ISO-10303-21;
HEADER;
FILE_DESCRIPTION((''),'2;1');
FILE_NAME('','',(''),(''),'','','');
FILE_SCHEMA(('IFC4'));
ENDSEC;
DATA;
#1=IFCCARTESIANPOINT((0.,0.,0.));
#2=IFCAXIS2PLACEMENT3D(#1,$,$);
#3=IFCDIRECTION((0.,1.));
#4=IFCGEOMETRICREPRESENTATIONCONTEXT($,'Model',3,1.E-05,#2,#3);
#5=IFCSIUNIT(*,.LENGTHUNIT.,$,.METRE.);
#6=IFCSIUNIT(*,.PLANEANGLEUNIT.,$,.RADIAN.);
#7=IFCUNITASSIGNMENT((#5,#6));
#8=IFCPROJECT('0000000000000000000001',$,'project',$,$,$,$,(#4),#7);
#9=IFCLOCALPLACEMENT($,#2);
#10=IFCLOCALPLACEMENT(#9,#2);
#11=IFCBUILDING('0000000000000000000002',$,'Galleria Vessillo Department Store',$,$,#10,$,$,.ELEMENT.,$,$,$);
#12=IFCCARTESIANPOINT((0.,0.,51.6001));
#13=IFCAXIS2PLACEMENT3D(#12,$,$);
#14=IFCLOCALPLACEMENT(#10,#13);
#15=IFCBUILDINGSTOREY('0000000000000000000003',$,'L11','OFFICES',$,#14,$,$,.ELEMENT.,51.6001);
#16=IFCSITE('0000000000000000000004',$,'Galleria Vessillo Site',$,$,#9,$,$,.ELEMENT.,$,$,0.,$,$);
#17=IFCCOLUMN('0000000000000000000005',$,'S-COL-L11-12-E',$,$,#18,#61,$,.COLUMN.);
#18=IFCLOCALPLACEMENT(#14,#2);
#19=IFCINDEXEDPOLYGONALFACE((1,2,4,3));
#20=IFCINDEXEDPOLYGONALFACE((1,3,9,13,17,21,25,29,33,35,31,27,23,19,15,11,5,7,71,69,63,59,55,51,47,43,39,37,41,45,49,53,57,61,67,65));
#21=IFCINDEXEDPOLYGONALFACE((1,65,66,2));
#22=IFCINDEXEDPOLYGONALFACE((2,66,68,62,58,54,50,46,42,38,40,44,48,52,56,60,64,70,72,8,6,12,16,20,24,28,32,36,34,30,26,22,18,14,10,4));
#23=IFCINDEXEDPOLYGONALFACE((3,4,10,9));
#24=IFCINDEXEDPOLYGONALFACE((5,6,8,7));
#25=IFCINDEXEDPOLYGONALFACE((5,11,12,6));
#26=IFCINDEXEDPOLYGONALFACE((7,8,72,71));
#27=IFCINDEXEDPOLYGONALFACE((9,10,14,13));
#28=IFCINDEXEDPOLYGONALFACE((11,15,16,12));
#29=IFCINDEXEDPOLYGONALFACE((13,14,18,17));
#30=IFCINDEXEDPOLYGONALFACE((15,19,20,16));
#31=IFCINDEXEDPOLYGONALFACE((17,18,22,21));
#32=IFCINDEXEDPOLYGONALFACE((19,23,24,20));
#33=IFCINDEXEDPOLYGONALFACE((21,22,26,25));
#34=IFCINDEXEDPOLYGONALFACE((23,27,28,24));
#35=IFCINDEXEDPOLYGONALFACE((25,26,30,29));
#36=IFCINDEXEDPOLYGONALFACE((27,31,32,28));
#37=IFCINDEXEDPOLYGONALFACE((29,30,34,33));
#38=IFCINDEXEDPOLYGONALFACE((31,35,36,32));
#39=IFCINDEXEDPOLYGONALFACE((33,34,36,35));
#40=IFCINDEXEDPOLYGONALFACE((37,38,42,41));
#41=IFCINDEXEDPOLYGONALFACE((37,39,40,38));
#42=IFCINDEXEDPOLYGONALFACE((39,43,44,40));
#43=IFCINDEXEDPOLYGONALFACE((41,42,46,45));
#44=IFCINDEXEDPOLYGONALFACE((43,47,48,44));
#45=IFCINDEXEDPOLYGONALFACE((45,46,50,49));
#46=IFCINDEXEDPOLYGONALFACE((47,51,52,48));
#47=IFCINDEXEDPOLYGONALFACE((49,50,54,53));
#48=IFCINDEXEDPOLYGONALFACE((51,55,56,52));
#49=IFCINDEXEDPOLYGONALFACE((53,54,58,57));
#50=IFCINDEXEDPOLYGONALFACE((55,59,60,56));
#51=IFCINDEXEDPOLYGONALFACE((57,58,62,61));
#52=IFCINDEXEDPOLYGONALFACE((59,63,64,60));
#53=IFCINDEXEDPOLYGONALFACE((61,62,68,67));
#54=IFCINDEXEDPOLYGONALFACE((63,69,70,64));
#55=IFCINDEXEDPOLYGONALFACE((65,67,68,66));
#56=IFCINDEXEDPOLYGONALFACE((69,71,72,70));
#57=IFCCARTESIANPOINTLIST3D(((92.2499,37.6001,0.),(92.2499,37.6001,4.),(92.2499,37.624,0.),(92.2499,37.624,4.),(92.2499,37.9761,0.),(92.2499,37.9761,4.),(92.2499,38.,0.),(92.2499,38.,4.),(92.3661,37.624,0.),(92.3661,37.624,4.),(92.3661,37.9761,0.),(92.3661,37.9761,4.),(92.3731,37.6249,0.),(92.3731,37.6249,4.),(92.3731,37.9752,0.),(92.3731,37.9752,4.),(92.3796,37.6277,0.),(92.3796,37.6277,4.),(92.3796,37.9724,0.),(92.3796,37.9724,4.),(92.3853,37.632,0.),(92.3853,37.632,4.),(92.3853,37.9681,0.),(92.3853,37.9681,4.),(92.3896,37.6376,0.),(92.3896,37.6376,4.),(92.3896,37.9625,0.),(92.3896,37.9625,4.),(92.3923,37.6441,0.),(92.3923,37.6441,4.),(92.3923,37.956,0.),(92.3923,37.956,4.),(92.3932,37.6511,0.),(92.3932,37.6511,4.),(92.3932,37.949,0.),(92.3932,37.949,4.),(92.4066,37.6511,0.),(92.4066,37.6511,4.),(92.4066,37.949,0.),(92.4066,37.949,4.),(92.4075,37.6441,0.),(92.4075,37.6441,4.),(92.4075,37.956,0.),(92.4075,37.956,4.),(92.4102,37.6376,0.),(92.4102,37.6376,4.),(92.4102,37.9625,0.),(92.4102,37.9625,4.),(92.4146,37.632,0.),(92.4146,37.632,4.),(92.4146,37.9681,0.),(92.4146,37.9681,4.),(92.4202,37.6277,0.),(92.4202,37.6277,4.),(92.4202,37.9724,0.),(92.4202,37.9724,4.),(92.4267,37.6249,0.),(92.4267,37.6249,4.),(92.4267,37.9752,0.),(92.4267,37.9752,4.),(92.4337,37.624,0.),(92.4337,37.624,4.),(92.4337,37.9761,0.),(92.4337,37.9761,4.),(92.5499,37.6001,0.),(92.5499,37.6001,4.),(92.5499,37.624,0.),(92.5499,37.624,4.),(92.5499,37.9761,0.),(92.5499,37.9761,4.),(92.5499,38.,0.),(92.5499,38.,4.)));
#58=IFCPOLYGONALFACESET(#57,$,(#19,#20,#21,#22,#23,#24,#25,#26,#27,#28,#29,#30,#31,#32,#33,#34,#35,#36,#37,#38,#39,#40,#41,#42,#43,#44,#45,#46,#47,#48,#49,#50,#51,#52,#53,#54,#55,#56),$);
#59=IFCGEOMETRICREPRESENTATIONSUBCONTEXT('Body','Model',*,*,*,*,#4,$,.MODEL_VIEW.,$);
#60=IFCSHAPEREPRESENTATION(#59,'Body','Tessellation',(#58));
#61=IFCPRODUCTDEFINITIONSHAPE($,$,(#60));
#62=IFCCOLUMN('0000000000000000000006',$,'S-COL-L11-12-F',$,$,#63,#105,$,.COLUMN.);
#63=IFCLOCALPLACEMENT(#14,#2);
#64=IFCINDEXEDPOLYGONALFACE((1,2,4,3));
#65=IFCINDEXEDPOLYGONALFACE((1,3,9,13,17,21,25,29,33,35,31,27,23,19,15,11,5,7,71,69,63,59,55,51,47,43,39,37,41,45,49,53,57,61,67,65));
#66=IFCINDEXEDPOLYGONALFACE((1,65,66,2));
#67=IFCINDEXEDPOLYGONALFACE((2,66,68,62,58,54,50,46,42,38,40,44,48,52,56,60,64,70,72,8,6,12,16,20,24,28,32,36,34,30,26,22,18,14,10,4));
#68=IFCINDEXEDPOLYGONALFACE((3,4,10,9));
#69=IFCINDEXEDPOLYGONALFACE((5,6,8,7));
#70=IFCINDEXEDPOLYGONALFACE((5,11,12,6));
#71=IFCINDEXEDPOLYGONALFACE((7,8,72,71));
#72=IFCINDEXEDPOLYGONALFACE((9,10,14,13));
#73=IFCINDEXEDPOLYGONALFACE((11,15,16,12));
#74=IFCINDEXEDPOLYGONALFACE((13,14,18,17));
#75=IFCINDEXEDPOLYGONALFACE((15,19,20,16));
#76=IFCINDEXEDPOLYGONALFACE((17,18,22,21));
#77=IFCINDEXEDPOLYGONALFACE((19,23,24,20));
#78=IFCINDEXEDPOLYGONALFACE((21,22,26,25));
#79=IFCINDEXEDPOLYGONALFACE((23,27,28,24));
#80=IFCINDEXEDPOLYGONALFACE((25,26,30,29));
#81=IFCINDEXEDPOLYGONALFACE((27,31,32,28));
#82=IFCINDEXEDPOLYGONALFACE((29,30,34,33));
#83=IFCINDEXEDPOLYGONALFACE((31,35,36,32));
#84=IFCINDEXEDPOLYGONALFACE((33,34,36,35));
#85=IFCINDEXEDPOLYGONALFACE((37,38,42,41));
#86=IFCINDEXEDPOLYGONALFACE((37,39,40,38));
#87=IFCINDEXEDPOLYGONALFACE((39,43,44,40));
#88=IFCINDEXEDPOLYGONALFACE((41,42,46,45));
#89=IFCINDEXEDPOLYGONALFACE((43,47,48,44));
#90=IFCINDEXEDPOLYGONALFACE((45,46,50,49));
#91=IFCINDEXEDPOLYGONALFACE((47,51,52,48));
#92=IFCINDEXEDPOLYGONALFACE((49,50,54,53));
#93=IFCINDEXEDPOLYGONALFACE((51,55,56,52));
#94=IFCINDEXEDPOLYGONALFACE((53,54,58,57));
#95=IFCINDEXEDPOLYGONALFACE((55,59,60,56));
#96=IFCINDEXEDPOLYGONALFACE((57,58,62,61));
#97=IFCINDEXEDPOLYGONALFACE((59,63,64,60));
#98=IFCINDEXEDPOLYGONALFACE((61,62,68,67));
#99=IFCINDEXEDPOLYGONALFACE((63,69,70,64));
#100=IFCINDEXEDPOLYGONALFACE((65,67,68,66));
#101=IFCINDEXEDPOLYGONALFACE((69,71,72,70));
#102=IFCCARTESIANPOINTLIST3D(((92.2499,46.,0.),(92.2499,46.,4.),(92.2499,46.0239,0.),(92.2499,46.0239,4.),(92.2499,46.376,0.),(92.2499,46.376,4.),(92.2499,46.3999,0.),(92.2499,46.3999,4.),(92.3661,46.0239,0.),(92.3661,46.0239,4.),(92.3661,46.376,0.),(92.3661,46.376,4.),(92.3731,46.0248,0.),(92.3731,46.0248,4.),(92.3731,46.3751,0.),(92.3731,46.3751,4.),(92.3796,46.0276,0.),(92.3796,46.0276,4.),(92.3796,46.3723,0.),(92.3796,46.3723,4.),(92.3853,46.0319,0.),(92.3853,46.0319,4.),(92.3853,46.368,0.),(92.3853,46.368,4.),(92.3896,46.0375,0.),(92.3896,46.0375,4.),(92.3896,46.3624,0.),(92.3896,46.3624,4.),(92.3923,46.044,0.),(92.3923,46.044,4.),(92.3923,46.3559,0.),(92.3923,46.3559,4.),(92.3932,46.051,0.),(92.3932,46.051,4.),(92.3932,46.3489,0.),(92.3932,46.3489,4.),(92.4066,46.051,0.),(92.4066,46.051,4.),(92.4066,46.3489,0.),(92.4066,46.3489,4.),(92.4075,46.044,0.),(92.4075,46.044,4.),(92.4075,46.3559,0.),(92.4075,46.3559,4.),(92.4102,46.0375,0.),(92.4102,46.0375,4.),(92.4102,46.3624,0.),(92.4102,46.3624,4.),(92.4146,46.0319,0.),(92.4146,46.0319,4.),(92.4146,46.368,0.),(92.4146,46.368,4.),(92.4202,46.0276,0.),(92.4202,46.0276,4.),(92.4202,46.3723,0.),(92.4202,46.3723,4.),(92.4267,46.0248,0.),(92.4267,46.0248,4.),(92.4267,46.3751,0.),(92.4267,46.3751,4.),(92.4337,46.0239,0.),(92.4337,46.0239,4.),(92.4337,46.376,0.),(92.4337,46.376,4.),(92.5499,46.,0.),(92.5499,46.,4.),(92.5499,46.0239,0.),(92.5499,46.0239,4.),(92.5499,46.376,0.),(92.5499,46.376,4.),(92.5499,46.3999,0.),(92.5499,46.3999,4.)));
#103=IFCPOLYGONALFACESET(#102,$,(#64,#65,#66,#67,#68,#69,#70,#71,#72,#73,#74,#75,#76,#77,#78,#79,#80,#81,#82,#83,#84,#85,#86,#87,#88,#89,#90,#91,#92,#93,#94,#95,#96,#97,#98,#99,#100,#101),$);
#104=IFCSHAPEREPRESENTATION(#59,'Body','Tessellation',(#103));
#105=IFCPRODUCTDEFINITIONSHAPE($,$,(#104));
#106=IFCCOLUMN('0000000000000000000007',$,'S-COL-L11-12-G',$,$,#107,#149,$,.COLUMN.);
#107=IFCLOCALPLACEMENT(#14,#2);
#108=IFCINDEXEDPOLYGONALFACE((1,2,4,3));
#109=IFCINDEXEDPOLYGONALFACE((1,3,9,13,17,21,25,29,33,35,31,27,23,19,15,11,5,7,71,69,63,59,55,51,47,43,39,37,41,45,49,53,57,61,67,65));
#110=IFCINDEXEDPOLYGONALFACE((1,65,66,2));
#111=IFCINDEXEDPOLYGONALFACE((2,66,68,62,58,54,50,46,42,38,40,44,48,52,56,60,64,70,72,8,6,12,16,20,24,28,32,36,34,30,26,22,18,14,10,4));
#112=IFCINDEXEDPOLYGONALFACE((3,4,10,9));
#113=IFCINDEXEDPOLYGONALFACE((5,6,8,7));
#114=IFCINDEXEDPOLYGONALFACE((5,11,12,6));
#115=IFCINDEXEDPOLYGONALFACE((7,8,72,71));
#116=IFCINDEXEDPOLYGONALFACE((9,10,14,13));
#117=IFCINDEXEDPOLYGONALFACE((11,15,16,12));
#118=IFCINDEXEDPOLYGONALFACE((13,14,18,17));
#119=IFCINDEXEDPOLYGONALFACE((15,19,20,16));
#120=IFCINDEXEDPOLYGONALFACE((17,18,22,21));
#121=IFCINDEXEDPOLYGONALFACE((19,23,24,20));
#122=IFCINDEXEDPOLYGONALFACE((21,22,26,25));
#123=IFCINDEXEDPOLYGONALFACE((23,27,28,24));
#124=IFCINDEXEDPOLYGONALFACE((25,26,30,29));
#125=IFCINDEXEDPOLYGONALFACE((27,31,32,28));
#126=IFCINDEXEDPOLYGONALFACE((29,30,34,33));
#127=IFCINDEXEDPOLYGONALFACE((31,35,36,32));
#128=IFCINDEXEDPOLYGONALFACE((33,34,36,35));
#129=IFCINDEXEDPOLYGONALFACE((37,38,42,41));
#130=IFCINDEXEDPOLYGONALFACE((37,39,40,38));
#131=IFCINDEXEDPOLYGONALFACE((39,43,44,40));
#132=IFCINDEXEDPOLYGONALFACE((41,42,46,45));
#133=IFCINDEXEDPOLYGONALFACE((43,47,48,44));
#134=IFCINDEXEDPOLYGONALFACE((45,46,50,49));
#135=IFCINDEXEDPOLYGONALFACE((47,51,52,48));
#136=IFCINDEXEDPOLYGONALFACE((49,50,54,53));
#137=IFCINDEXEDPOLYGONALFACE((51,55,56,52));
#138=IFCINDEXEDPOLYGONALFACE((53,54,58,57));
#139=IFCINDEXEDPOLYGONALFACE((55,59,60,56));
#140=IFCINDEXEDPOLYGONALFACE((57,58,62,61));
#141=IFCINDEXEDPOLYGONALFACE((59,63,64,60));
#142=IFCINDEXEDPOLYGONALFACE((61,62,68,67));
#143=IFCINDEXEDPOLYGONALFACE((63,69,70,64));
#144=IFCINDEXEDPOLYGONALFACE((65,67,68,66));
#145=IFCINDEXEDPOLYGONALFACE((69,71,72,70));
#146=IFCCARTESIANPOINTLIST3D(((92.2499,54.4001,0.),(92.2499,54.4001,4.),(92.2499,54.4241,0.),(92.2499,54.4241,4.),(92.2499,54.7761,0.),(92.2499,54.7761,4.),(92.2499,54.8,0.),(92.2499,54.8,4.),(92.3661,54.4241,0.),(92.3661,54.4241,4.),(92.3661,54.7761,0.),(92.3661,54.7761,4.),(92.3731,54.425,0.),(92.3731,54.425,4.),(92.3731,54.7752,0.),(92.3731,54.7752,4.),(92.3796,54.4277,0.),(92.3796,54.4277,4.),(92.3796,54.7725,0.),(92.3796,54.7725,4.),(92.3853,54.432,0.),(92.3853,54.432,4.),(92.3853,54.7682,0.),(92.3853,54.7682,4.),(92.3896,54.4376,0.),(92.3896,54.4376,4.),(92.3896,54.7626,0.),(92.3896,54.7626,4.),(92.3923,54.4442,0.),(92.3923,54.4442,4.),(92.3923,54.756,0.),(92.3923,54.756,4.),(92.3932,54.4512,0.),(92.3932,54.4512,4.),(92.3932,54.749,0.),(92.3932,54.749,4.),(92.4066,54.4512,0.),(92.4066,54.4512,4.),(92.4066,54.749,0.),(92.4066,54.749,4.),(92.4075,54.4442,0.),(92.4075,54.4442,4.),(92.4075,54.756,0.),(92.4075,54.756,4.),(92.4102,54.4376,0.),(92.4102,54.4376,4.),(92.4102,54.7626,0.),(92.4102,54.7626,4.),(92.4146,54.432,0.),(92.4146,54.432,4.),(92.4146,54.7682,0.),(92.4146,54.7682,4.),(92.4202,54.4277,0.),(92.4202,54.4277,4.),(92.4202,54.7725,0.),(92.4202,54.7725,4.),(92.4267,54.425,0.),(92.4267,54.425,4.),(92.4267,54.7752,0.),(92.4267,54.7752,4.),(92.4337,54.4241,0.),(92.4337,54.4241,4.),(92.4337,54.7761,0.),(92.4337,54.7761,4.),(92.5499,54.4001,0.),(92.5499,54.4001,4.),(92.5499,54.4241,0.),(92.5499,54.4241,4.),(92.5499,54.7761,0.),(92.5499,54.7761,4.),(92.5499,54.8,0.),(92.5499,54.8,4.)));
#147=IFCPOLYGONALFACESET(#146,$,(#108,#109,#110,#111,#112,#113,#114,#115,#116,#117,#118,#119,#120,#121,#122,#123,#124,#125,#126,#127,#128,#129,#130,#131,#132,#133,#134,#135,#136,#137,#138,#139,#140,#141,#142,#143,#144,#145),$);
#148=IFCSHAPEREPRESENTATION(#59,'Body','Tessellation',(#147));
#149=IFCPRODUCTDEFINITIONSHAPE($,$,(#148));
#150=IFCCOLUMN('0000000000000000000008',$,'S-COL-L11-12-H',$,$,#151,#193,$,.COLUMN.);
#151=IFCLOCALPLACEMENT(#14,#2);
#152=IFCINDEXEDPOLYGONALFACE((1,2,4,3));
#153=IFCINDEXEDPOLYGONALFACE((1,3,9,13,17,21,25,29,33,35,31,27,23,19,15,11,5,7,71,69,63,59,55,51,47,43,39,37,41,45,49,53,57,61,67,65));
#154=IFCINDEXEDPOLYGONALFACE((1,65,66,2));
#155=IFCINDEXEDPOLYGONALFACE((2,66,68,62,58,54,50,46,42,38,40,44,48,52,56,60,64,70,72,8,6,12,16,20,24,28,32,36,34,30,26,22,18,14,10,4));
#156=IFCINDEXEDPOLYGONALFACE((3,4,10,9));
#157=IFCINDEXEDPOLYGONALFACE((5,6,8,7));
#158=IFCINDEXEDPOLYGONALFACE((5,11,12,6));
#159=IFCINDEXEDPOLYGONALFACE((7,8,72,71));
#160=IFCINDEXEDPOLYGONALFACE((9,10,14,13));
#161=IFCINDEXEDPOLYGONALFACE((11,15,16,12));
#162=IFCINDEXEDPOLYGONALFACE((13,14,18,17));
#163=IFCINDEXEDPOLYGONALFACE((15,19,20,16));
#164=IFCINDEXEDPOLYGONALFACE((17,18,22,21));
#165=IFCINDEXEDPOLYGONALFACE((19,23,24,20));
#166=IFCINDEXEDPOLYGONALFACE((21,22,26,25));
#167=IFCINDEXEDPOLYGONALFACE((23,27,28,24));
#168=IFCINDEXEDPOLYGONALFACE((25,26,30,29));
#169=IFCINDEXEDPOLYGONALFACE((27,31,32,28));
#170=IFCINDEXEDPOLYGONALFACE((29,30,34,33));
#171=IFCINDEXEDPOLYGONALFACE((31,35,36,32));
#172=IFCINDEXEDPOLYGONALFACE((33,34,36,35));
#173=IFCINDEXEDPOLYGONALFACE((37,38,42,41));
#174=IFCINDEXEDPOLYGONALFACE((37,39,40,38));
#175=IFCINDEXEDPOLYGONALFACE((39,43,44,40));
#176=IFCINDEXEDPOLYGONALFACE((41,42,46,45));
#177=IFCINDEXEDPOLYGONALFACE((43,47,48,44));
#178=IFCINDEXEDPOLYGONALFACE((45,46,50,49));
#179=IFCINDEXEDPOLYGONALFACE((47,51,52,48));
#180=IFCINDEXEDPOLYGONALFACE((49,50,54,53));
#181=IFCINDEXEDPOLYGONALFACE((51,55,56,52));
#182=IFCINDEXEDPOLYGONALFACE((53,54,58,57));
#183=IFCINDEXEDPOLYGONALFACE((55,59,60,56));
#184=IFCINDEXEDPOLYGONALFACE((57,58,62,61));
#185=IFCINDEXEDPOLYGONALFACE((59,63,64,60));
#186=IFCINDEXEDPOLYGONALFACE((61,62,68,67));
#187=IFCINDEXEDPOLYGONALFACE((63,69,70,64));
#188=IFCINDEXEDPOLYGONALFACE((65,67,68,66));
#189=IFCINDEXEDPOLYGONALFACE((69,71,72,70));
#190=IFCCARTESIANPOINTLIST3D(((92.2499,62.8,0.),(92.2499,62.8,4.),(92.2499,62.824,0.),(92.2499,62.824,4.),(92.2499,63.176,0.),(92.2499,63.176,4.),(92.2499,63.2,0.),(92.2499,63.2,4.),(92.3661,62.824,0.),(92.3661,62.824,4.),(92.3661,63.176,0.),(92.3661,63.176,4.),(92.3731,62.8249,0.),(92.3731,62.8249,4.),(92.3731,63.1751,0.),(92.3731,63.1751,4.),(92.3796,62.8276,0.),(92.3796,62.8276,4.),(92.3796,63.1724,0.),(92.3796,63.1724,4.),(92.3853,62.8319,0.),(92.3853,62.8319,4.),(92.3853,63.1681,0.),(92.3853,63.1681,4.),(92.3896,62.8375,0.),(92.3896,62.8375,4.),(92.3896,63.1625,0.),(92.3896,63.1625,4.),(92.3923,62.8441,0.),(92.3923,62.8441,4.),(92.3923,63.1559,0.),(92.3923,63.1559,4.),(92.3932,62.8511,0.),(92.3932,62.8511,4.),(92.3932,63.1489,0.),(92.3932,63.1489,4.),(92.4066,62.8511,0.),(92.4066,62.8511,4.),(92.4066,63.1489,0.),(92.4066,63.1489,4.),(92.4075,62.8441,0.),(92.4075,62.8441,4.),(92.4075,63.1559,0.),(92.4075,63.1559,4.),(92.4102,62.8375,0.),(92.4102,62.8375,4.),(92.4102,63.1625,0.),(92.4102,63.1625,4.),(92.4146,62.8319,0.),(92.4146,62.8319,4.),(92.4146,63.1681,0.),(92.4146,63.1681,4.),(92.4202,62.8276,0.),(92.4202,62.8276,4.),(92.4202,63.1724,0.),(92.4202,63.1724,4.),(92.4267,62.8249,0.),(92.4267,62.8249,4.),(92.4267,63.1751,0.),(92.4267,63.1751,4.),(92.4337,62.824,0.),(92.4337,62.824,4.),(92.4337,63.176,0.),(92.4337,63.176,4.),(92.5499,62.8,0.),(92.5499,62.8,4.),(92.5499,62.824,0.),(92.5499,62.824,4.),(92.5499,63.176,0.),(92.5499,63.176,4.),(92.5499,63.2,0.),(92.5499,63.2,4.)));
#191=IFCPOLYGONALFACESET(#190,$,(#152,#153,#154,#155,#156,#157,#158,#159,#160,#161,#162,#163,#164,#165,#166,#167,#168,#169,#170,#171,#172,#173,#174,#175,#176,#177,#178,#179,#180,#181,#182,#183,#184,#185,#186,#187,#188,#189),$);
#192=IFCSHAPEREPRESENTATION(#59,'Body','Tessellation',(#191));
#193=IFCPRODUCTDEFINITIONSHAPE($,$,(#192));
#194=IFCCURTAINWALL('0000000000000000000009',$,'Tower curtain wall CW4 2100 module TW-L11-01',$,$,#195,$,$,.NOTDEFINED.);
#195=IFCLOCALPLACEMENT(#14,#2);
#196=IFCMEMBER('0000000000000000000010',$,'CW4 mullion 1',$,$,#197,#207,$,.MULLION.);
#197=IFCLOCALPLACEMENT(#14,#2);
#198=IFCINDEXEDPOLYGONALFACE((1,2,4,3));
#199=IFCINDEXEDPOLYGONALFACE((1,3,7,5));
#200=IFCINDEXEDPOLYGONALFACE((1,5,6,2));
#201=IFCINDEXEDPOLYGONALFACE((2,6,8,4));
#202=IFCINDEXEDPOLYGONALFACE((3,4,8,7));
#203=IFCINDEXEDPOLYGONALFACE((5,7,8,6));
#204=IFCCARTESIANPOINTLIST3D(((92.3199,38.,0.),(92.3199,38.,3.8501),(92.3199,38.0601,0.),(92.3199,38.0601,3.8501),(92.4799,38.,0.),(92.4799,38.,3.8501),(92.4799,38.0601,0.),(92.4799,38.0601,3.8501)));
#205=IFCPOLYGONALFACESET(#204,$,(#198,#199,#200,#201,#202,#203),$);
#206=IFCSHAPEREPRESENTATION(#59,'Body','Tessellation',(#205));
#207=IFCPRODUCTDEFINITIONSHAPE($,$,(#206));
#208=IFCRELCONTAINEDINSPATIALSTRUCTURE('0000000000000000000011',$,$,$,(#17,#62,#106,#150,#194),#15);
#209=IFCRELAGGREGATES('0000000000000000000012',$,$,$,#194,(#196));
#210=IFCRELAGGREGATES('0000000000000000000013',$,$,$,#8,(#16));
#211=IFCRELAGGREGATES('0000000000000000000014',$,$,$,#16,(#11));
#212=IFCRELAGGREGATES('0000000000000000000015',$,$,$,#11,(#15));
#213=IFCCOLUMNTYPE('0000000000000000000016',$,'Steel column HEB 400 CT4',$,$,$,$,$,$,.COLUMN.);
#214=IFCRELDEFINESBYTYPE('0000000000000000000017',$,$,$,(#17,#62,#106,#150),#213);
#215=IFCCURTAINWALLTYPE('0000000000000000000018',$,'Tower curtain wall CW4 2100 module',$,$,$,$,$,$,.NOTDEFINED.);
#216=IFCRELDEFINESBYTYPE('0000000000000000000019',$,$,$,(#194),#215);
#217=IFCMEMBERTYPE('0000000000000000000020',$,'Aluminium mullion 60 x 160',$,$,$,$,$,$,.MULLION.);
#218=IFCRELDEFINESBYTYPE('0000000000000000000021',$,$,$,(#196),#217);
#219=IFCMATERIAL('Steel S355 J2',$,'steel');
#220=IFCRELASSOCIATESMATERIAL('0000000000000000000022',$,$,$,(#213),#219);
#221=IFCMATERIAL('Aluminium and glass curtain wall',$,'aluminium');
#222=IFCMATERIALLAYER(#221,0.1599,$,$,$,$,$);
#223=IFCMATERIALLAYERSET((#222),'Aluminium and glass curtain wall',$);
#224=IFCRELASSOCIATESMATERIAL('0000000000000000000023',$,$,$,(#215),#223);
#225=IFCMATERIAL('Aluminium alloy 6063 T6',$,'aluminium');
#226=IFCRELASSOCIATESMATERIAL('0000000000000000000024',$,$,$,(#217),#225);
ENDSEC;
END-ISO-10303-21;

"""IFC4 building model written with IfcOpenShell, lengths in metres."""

from ifc_helpers import new_model, si_unit, direction, frame, origin, origin_2d, place, context, subcontext, project, spatial, rectangle, i_section, extrude, material, layer, layer_set, material_profile, profile_set, type_object, element, aggregate, save


model = new_model("IFC4")

# Units and contexts
model_context = context("Model", 3, precision=1e-05, world=origin(), true_north=direction((0.0, 1.0)))
body_context = subcontext(model_context, "Body", "Model", "MODEL_VIEW")
ifc_project = project(units=[si_unit("LENGTHUNIT", "METRE"), si_unit("PLANEANGLEUNIT", "RADIAN")], contexts=[model_context])

# Site, building, storey
site_placement = place(None, origin())
site = spatial("IfcSite", under=ifc_project, at=site_placement, Name="Galleria Vessillo Site", CompositionType="ELEMENT", RefElevation=0.0)
building_placement = place(site_placement, origin())
building = spatial("IfcBuilding", under=site, at=building_placement, Name="Galleria Vessillo Department Store", CompositionType="ELEMENT")
storey_placement = place(building_placement, frame((0.0, 0.0, 51.6001)))
storey = spatial("IfcBuildingStorey", under=building, at=storey_placement, Name="L11", Description="OFFICES", CompositionType="ELEMENT", Elevation=51.6001)

# Columns
ifc_material_1 = material(Name="Steel S355 J2", Category="steel")
ifc_material_profile_1 = material_profile(ifc_material_1, i_section(OverallWidth=0.3, OverallDepth=0.3999, WebThickness=0.0134, FlangeThickness=0.0239, FilletRadius=0.0271, at=origin_2d()), Name="HEB 400")
ifc_profile_set_1 = profile_set([ifc_material_profile_1], Name="Steel S355 J2")
column_type = type_object("IfcColumnType", Name="Steel column HEB 400 CT4", PredefinedType="COLUMN", material=ifc_profile_set_1)
for number, where, z_axis, x_axis, name in (
    (1, (92.3999, 37.8, 0.0), (0.0, 0.0, 1.0), (1.0, 0.0, 0.0), "S-COL-L11-12-E"),
    (2, (92.3999, 46.2, 0.0), (0.0, 0.0, 1.0), (1.0, 0.0, 0.0), "S-COL-L11-12-F"),
    (3, (92.3999, 54.6001, 0.0), (0.0, 0.0, 1.0), (1.0, 0.0, 0.0), "S-COL-L11-12-G"),
    (4, (92.3999, 63.0, 0.0), (0.0, 0.0, 1.0), (1.0, 0.0, 0.0), "S-COL-L11-12-H"),
):
    element("IfcColumn", number, at=place(storey_placement, frame(where, z_axis=z_axis, x_axis=x_axis)), inside=storey, type_object=column_type, Name=name, PredefinedType="COLUMN", context=body_context, shape_type="SweptSolid", body=[
        extrude(i_section(OverallWidth=0.3, OverallDepth=0.3999, WebThickness=0.0134, FlangeThickness=0.0239, FilletRadius=0.0271, at=origin_2d()), origin(), (0.0, 0.0, 1.0), 4.0),
    ])

# Curtain wall, member
ifc_material_2 = material(Name="Aluminium and glass curtain wall", Category="aluminium")
ifc_layer_1 = layer(ifc_material_2, 0.1599)
ifc_layer_set_1 = layer_set([ifc_layer_1], Name="Aluminium and glass curtain wall")
curtain_wall_type = type_object("IfcCurtainWallType", Name="Tower curtain wall CW4 2100 module", PredefinedType="NOTDEFINED", material=ifc_layer_set_1)
curtain_wall_placement = place(storey_placement, origin())
curtain_wall = element("IfcCurtainWall", 5, at=curtain_wall_placement, inside=storey, type_object=curtain_wall_type, Name="Tower curtain wall CW4 2100 module TW-L11-01", PredefinedType="NOTDEFINED")
ifc_material_3 = material(Name="Aluminium alloy 6063 T6", Category="aluminium")
ifc_material_profile_2 = material_profile(ifc_material_3, rectangle(XDim=0.1599, YDim=0.0601, at=origin_2d()), Name="AL 60x160")
ifc_profile_set_2 = profile_set([ifc_material_profile_2], Name="Aluminium alloy 6063 T6")
member_type_1 = type_object("IfcMemberType", Name="Aluminium mullion 60 x 160", PredefinedType="MULLION", material=ifc_profile_set_2)
member_1_placement = place(storey_placement, frame((92.3999, 38.03, 0.0), z_axis=(0.0, 0.0, 1.0), x_axis=(-1.0, 0.0, 0.0)))
member_1 = element("IfcMember", 6, at=member_1_placement, type_object=member_type_1, Name="CW4 mullion 1", PredefinedType="MULLION", context=body_context, shape_type="SweptSolid", body=[
    extrude(rectangle(XDim=0.1599, YDim=0.0601, at=origin_2d()), origin(), (0.0, 0.0, 1.0), 3.8501),
])

aggregate(curtain_wall, [member_1])

save(model, "model.ifc")
